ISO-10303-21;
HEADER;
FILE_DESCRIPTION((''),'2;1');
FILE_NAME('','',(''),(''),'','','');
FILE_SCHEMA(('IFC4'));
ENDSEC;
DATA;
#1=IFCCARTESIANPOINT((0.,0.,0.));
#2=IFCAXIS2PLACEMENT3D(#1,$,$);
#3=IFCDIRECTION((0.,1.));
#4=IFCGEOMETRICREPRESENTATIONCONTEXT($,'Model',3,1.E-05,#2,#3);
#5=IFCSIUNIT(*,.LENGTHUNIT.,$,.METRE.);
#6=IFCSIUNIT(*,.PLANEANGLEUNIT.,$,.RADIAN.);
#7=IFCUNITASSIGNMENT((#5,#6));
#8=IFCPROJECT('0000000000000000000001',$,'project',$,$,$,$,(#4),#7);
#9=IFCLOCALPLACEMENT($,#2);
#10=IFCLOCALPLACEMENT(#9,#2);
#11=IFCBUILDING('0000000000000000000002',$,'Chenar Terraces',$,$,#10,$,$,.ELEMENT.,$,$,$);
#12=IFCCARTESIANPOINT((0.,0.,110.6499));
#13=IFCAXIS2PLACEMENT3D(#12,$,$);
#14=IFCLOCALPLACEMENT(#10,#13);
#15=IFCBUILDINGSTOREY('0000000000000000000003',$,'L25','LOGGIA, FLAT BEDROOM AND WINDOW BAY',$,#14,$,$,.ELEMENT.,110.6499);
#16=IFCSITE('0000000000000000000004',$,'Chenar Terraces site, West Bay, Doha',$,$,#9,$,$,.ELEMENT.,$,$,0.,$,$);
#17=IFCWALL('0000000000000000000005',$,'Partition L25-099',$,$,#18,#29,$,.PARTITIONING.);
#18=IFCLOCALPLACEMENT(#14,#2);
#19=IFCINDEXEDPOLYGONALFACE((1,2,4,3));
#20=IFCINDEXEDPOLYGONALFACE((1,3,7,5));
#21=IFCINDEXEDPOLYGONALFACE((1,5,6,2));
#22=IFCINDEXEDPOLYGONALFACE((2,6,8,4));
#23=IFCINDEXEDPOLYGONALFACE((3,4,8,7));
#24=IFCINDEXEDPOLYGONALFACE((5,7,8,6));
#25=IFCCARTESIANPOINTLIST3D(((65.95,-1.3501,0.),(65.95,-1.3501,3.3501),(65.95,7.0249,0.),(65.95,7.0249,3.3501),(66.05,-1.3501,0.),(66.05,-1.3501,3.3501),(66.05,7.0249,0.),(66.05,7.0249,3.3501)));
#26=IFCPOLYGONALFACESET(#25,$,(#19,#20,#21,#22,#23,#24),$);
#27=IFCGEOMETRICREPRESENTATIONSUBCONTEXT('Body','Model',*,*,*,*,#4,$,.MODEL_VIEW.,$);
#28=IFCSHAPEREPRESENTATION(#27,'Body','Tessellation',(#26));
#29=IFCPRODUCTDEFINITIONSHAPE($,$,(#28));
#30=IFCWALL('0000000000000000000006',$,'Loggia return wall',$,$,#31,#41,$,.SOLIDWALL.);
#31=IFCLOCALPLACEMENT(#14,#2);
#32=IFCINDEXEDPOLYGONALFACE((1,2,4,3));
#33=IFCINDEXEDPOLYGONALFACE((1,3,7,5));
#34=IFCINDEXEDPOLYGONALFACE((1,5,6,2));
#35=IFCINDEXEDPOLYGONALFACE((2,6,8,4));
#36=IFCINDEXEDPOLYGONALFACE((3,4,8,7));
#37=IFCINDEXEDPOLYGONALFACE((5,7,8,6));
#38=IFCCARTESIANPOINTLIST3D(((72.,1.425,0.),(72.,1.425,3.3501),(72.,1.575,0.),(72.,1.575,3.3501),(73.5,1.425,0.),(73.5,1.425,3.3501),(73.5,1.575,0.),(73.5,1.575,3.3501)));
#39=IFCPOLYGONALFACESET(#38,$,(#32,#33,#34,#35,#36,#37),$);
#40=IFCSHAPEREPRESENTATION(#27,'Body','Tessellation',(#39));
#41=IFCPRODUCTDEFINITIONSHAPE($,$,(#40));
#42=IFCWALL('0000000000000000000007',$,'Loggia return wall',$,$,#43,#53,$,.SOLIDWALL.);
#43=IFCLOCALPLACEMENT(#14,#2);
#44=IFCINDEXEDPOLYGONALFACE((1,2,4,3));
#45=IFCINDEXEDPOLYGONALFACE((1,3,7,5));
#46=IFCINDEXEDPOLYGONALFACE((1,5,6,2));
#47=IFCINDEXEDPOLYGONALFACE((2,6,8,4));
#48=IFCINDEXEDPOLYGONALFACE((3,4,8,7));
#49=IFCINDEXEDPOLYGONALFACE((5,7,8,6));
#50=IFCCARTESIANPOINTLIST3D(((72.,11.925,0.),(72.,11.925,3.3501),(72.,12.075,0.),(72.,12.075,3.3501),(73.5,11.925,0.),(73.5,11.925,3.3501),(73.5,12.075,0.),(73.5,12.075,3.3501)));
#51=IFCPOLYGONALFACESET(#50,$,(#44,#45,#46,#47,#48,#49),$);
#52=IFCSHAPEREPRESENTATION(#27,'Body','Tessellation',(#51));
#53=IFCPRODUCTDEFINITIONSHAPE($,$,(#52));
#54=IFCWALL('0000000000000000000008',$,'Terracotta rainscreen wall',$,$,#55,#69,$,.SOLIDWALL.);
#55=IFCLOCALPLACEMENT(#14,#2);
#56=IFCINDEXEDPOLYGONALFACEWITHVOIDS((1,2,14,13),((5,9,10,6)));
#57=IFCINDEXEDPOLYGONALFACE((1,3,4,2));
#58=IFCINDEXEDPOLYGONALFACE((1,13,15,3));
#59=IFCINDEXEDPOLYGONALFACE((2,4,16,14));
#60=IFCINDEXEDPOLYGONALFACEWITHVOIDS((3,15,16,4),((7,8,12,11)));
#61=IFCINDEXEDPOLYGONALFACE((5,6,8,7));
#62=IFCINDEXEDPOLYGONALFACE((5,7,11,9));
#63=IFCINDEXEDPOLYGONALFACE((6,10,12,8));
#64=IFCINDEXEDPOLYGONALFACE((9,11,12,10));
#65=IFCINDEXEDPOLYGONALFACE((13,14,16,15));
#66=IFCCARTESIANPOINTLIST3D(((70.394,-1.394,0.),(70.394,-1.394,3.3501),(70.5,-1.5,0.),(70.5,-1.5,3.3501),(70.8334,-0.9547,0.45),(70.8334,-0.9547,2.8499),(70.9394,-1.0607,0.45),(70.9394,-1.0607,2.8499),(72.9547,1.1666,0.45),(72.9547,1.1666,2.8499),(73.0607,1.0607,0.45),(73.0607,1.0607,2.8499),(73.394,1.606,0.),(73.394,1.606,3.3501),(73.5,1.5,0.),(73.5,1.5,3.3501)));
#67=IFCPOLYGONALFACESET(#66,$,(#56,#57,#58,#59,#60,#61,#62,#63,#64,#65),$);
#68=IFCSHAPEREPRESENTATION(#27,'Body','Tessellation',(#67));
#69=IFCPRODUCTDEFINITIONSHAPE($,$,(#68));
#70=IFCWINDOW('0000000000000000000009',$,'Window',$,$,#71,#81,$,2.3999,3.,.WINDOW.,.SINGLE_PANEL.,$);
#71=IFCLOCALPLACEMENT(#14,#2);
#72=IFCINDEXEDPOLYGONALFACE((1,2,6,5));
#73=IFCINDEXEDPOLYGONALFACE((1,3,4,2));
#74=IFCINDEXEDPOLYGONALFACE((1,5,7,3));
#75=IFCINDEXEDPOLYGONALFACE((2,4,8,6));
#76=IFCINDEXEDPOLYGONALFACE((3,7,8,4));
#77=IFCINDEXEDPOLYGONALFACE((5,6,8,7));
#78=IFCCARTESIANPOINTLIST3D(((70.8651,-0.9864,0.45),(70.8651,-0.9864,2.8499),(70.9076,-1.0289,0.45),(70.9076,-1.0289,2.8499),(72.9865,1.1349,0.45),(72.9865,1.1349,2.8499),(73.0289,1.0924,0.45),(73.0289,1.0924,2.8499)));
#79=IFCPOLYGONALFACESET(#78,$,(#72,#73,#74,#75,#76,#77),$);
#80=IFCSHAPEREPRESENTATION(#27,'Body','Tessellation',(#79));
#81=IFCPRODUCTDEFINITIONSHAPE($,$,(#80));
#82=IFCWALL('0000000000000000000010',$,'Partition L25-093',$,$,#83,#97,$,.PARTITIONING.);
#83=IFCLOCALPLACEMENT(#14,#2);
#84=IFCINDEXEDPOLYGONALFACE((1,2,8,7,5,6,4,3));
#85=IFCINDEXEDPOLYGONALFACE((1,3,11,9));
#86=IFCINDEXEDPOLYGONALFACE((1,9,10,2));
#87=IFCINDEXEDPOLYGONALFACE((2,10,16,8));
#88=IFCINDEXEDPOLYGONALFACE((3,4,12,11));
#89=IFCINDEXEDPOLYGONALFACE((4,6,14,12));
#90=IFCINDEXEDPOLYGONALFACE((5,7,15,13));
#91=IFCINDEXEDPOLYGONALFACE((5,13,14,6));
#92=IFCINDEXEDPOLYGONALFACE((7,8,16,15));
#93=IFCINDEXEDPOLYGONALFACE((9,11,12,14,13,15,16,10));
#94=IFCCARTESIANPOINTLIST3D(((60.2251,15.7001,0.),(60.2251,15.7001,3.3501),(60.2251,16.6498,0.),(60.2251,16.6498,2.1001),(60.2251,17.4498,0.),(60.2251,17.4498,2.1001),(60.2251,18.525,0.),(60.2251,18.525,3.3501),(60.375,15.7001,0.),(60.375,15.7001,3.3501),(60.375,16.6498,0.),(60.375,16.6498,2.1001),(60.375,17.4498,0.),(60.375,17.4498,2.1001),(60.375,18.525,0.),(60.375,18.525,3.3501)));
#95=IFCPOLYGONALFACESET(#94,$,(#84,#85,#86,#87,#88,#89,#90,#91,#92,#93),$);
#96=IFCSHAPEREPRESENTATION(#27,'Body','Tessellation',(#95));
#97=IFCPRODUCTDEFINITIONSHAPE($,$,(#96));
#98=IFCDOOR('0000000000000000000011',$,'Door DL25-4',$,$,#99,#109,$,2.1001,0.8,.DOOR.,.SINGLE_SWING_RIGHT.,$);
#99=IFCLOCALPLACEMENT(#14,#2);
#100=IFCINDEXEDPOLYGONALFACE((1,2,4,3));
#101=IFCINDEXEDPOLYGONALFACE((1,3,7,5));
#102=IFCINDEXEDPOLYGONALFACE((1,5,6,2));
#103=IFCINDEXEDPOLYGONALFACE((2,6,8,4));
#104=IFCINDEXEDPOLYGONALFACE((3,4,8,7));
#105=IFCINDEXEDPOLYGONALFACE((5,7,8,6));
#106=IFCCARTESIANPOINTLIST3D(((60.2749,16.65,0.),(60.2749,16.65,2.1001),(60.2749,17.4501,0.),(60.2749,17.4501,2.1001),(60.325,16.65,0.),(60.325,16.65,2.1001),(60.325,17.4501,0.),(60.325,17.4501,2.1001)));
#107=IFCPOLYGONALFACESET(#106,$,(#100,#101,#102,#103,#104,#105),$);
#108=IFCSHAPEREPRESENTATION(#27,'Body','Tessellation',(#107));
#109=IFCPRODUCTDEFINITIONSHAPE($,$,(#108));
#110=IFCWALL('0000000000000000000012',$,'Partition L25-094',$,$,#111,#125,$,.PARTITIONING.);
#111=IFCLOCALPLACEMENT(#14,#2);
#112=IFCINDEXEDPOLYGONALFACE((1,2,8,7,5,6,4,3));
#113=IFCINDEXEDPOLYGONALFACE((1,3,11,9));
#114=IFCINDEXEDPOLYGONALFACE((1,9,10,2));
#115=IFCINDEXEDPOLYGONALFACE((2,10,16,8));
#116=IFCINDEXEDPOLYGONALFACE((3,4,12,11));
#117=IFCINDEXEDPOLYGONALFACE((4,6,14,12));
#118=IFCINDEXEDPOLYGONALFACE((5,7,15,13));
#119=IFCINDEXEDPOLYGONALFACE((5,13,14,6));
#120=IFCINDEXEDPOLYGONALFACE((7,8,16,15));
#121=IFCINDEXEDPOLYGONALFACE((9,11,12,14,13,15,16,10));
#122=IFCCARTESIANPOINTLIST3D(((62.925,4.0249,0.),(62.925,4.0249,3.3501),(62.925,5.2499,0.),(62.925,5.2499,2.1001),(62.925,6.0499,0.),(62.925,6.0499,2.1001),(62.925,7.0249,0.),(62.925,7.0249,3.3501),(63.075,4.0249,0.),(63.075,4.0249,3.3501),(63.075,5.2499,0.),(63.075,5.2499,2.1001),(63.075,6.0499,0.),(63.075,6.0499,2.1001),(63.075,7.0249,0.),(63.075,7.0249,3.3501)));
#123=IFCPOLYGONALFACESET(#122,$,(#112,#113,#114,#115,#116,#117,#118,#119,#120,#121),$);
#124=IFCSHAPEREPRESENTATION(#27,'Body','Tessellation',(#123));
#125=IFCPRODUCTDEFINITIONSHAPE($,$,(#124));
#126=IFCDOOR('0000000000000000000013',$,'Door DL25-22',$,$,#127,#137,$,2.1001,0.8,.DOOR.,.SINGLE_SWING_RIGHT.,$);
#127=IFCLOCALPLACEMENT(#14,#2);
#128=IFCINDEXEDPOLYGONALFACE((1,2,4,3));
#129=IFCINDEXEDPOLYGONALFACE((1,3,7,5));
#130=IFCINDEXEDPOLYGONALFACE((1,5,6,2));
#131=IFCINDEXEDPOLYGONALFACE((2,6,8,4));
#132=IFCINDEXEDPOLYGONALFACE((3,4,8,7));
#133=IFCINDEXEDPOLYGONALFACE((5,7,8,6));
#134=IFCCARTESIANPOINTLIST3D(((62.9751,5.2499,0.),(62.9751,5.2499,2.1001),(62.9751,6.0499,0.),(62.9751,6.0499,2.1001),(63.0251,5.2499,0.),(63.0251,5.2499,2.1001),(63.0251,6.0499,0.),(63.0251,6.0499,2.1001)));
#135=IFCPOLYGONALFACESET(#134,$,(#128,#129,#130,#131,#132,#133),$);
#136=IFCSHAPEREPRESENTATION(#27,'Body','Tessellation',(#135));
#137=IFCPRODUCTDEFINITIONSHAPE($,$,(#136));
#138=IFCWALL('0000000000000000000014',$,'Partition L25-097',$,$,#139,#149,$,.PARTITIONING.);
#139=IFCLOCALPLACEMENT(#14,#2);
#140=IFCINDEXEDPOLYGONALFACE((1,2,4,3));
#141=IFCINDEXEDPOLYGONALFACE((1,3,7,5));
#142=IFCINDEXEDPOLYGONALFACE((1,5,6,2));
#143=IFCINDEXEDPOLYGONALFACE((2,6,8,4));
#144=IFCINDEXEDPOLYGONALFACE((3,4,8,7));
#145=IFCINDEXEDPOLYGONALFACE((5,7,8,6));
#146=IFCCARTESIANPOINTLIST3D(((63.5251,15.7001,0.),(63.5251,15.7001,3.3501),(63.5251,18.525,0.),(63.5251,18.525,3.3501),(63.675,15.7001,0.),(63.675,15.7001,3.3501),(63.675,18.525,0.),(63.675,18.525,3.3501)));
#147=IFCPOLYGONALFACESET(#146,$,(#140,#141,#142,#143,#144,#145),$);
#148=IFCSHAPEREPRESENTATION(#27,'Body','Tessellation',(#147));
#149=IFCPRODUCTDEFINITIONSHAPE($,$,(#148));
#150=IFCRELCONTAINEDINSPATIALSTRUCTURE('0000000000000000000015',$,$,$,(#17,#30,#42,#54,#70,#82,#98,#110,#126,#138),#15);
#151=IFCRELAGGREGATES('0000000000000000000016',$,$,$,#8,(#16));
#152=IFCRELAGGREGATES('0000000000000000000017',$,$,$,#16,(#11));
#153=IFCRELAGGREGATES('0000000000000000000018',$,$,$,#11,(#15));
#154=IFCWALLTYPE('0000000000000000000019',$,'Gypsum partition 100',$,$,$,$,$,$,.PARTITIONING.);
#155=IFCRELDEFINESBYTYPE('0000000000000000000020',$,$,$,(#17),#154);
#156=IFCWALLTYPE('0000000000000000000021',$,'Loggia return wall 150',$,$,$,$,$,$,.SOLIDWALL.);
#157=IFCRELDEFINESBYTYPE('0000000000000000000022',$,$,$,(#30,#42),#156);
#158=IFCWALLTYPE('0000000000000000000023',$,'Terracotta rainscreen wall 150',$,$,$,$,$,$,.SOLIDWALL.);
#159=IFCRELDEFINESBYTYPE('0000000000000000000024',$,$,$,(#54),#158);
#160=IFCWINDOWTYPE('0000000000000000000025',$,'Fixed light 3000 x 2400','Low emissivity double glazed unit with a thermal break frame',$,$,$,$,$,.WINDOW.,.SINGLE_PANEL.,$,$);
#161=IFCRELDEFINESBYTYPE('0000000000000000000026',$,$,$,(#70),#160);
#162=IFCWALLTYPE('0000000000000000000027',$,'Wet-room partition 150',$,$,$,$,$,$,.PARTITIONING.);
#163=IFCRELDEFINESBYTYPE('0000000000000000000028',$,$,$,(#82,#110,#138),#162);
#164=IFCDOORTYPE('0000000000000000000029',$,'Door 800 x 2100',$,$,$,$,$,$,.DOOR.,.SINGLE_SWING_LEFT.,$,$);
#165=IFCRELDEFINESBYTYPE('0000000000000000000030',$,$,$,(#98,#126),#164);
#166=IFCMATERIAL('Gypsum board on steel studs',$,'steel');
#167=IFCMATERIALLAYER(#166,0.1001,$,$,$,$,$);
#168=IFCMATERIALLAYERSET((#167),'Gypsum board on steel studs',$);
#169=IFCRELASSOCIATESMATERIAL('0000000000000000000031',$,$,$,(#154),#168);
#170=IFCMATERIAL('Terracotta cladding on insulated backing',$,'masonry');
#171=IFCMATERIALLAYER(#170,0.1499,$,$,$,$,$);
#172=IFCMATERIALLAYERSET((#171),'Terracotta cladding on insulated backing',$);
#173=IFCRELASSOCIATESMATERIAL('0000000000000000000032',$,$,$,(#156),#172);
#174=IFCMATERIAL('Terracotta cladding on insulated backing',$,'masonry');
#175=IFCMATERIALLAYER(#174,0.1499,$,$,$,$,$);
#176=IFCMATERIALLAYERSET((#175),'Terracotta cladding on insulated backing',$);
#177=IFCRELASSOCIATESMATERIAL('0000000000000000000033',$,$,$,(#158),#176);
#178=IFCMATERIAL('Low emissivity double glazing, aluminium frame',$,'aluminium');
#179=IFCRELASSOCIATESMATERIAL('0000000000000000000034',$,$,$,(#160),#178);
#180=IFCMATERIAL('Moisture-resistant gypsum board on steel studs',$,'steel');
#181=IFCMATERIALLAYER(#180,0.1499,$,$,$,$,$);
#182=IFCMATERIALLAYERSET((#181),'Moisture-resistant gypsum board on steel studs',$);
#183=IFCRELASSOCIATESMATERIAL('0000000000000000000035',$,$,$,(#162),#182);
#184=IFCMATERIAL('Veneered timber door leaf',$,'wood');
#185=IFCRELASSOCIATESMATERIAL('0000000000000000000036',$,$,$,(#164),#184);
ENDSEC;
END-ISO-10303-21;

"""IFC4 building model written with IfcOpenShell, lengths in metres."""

from ifc_helpers import new_model, si_unit, direction, frame, frame_2d, origin, place, context, subcontext, project, spatial, rectangle, extrude, material, layer, layer_set, type_object, element, fill, save


model = new_model("IFC4")

# Units and contexts
model_context = context("Model", 3, precision=1e-05, world=origin(), true_north=direction((0.0, 1.0)))
body_context = subcontext(model_context, "Body", "Model", "MODEL_VIEW")
ifc_project = project(units=[si_unit("LENGTHUNIT", "METRE"), si_unit("PLANEANGLEUNIT", "RADIAN")], contexts=[model_context])

# Site, building, storey
site_placement = place(None, origin())
site = spatial("IfcSite", under=ifc_project, at=site_placement, Name="Chenar Terraces site, West Bay, Doha", CompositionType="ELEMENT", RefElevation=0.0)
building_placement = place(site_placement, origin())
building = spatial("IfcBuilding", under=site, at=building_placement, Name="Chenar Terraces", CompositionType="ELEMENT")
storey_placement = place(building_placement, frame((0.0, 0.0, 110.6499)))
storey = spatial("IfcBuildingStorey", under=building, at=storey_placement, Name="L25", Description="LOGGIA, FLAT BEDROOM AND WINDOW BAY", CompositionType="ELEMENT", Elevation=110.6499)

# Shared definitions
ifc_material_1 = material(Name="Gypsum board on steel studs", Category="steel")
ifc_layer_1 = layer(ifc_material_1, 0.1001)
ifc_layer_set_1 = layer_set([ifc_layer_1], Name="Gypsum board on steel studs")
wall_type_1 = type_object("IfcWallType", Name="Gypsum partition 100", PredefinedType="PARTITIONING", material=ifc_layer_set_1)

# Walls
wall_1_placement = place(storey_placement, frame((66.0, -1.3501, 0.0), z_axis=(0.0, 0.0, 1.0), x_axis=(0.0, 1.0, 0.0)))
element("IfcWall", 1, at=wall_1_placement, inside=storey, type_object=wall_type_1, Name="Partition L25-099", PredefinedType="PARTITIONING", context=body_context, shape_type="SweptSolid", body=[
    extrude(rectangle(XDim=8.375, YDim=0.1001, at=frame_2d((4.1875, 0.0))), origin(), (0.0, 0.0, 1.0), 3.3501),
])
ifc_material_2 = material(Name="Terracotta cladding on insulated backing", Category="masonry")
ifc_layer_2 = layer(ifc_material_2, 0.1499)
ifc_layer_set_2 = layer_set([ifc_layer_2], Name="Terracotta cladding on insulated backing")
wall_type_2 = type_object("IfcWallType", Name="Loggia return wall 150", PredefinedType="SOLIDWALL", material=ifc_layer_set_2)
for number, where, z_axis, x_axis, name in (
    (2, (73.5, 1.5, 0.0), (0.0, 0.0, 1.0), (-1.0, 0.0, 0.0), "Loggia return wall"),
    (3, (73.5, 12.0, 0.0), (0.0, 0.0, 1.0), (-1.0, 0.0, 0.0), "Loggia return wall"),
):
    element("IfcWall", number, at=place(storey_placement, frame(where, z_axis=z_axis, x_axis=x_axis)), inside=storey, type_object=wall_type_2, Name=name, PredefinedType="SOLIDWALL", context=body_context, shape_type="SweptSolid", body=[
        extrude(rectangle(XDim=1.5, YDim=0.1499, at=frame_2d((0.75, 0.0))), origin(), (0.0, 0.0, 1.0), 3.3501),
    ])

# Wall, opening, window
ifc_material_3 = material(Name="Terracotta cladding on insulated backing", Category="masonry")
ifc_layer_3 = layer(ifc_material_3, 0.1499)
ifc_layer_set_3 = layer_set([ifc_layer_3], Name="Terracotta cladding on insulated backing")
wall_type_3 = type_object("IfcWallType", Name="Terracotta rainscreen wall 150", PredefinedType="SOLIDWALL", material=ifc_layer_set_3)
wall_2_placement = place(storey_placement, frame((70.447, -1.447, 0.0), z_axis=(0.0, 0.0, 1.0), x_axis=(0.707107, 0.707107, 0.0)))
wall_2 = element("IfcWall", 4, at=wall_2_placement, inside=storey, type_object=wall_type_3, Name="Terracotta rainscreen wall", PredefinedType="SOLIDWALL", context=body_context, shape_type="SweptSolid", body=[
    extrude(rectangle(XDim=4.2427, YDim=0.1499, at=frame_2d((2.1213, 0.0))), origin(), (0.0, 0.0, 1.0), 3.3501),
])
opening_1_placement = place(wall_2_placement, frame((0.6213, 0.0, 0.45)))
opening_1 = element("IfcOpeningElement", 5, at=opening_1_placement, cuts=wall_2, PredefinedType="OPENING", context=body_context, shape_type="SweptSolid", body=[
    extrude(rectangle(XDim=3.0, YDim=2.3999, at=frame_2d((1.5, 1.2))), frame((0.0, 0.085, 0.0), z_axis=(0.0, -1.0, 0.0), x_axis=(1.0, 0.0, 0.0)), (0.0, 0.0, 1.0), 0.1699),
])
ifc_material_4 = material(Name="Low emissivity double glazing, aluminium frame", Category="aluminium")
window_type_1 = type_object("IfcWindowType", Name="Fixed light 3000 x 2400", Description="Low emissivity double glazed unit with a thermal break frame", PartitioningType="SINGLE_PANEL", PredefinedType="WINDOW", material=ifc_material_4)
window_1_placement = place(opening_1_placement, origin())
window_1 = element("IfcWindow", 6, at=window_1_placement, inside=storey, type_object=window_type_1, Name="Window", OverallHeight=2.3999, OverallWidth=3.0, PartitioningType="SINGLE_PANEL", PredefinedType="WINDOW", context=body_context, shape_type="SweptSolid", body=[
    extrude(rectangle(XDim=3.0, YDim=2.3999, at=frame_2d((1.5, 1.2))), frame((0.0, 0.03, 0.0), z_axis=(0.0, -1.0, 0.0), x_axis=(1.0, 0.0, 0.0)), (0.0, 0.0, 1.0), 0.0601),
])
fill(opening_1, window_1)

# Walls, openings, doors
ifc_material_5 = material(Name="Moisture-resistant gypsum board on steel studs", Category="steel")
ifc_layer_4 = layer(ifc_material_5, 0.1499)
ifc_layer_set_4 = layer_set([ifc_layer_4], Name="Moisture-resistant gypsum board on steel studs")
wall_type_4 = type_object("IfcWallType", Name="Wet-room partition 150", PredefinedType="PARTITIONING", material=ifc_layer_set_4)
wall_3_placement = place(storey_placement, frame((60.3, 15.7, 0.0), z_axis=(0.0, 0.0, 1.0), x_axis=(0.0, 1.0, 0.0)))
wall_3 = element("IfcWall", 7, at=wall_3_placement, inside=storey, type_object=wall_type_4, Name="Partition L25-093", PredefinedType="PARTITIONING", context=body_context, shape_type="SweptSolid", body=[
    extrude(rectangle(XDim=2.825, YDim=0.1499, at=frame_2d((1.4126, 0.0))), origin(), (0.0, 0.0, 1.0), 3.3501),
])
opening_2_placement = place(wall_3_placement, frame((0.95, 0.0, 0.0)))
opening_2 = element("IfcOpeningElement", 8, at=opening_2_placement, cuts=wall_3, PredefinedType="OPENING", context=body_context, shape_type="SweptSolid", body=[
    extrude(rectangle(XDim=0.8, YDim=2.1001, at=frame_2d((0.3999, 1.05))), frame((0.0, 0.085, 0.0), z_axis=(0.0, -1.0, 0.0), x_axis=(1.0, 0.0, 0.0)), (0.0, 0.0, 1.0), 0.1699),
])
ifc_material_6 = material(Name="Veneered timber door leaf", Category="wood")
door_type_1 = type_object("IfcDoorType", Name="Door 800 x 2100", OperationType="SINGLE_SWING_LEFT", PredefinedType="DOOR", material=ifc_material_6)
door_1_placement = place(opening_2_placement, frame((0.8, 0.0, 0.0), z_axis=(0.0, 0.0, 1.0), x_axis=(-1.0, 0.0, 0.0)))
door_1 = element("IfcDoor", 9, at=door_1_placement, inside=storey, type_object=door_type_1, Name="Door DL25-4", OperationType="SINGLE_SWING_RIGHT", OverallHeight=2.1001, OverallWidth=0.8, PredefinedType="DOOR", context=body_context, shape_type="SweptSolid", body=[
    extrude(rectangle(XDim=0.8, YDim=2.1001, at=frame_2d((0.3999, 1.05))), frame((0.0, 0.0249, 0.0), z_axis=(0.0, -1.0, 0.0), x_axis=(1.0, 0.0, 0.0)), (0.0, 0.0, 1.0), 0.05),
])
fill(opening_2, door_1)
wall_4_placement = place(storey_placement, frame((63.0, 4.0249, 0.0), z_axis=(0.0, 0.0, 1.0), x_axis=(0.0, 1.0, 0.0)))
wall_4 = element("IfcWall", 10, at=wall_4_placement, inside=storey, type_object=wall_type_4, Name="Partition L25-094", PredefinedType="PARTITIONING", context=body_context, shape_type="SweptSolid", body=[
    extrude(rectangle(XDim=3.0, YDim=0.1499, at=frame_2d((1.5, 0.0))), origin(), (0.0, 0.0, 1.0), 3.3501),
])
opening_3_placement = place(wall_4_placement, frame((1.2251, 0.0, 0.0)))
opening_3 = element("IfcOpeningElement", 11, at=opening_3_placement, cuts=wall_4, PredefinedType="OPENING", context=body_context, shape_type="SweptSolid", body=[
    extrude(rectangle(XDim=0.8, YDim=2.1001, at=frame_2d((0.3999, 1.05))), frame((0.0, 0.085, 0.0), z_axis=(0.0, -1.0, 0.0), x_axis=(1.0, 0.0, 0.0)), (0.0, 0.0, 1.0), 0.1699),
])
door_2_placement = place(opening_3_placement, origin())
door_2 = element("IfcDoor", 12, at=door_2_placement, inside=storey, type_object=door_type_1, Name="Door DL25-22", OperationType="SINGLE_SWING_RIGHT", OverallHeight=2.1001, OverallWidth=0.8, PredefinedType="DOOR", context=body_context, shape_type="SweptSolid", body=[
    extrude(rectangle(XDim=0.8, YDim=2.1001, at=frame_2d((0.3999, 1.05))), frame((0.0, 0.0249, 0.0), z_axis=(0.0, -1.0, 0.0), x_axis=(1.0, 0.0, 0.0)), (0.0, 0.0, 1.0), 0.05),
])
fill(opening_3, door_2)

# Wall
wall_5_placement = place(storey_placement, frame((63.6001, 15.7, 0.0), z_axis=(0.0, 0.0, 1.0), x_axis=(0.0, 1.0, 0.0)))
element("IfcWall", 13, at=wall_5_placement, inside=storey, type_object=wall_type_4, Name="Partition L25-097", PredefinedType="PARTITIONING", context=body_context, shape_type="SweptSolid", body=[
    extrude(rectangle(XDim=2.825, YDim=0.1499, at=frame_2d((1.4126, 0.0))), origin(), (0.0, 0.0, 1.0), 3.3501),
])

save(model, "model.ifc")
